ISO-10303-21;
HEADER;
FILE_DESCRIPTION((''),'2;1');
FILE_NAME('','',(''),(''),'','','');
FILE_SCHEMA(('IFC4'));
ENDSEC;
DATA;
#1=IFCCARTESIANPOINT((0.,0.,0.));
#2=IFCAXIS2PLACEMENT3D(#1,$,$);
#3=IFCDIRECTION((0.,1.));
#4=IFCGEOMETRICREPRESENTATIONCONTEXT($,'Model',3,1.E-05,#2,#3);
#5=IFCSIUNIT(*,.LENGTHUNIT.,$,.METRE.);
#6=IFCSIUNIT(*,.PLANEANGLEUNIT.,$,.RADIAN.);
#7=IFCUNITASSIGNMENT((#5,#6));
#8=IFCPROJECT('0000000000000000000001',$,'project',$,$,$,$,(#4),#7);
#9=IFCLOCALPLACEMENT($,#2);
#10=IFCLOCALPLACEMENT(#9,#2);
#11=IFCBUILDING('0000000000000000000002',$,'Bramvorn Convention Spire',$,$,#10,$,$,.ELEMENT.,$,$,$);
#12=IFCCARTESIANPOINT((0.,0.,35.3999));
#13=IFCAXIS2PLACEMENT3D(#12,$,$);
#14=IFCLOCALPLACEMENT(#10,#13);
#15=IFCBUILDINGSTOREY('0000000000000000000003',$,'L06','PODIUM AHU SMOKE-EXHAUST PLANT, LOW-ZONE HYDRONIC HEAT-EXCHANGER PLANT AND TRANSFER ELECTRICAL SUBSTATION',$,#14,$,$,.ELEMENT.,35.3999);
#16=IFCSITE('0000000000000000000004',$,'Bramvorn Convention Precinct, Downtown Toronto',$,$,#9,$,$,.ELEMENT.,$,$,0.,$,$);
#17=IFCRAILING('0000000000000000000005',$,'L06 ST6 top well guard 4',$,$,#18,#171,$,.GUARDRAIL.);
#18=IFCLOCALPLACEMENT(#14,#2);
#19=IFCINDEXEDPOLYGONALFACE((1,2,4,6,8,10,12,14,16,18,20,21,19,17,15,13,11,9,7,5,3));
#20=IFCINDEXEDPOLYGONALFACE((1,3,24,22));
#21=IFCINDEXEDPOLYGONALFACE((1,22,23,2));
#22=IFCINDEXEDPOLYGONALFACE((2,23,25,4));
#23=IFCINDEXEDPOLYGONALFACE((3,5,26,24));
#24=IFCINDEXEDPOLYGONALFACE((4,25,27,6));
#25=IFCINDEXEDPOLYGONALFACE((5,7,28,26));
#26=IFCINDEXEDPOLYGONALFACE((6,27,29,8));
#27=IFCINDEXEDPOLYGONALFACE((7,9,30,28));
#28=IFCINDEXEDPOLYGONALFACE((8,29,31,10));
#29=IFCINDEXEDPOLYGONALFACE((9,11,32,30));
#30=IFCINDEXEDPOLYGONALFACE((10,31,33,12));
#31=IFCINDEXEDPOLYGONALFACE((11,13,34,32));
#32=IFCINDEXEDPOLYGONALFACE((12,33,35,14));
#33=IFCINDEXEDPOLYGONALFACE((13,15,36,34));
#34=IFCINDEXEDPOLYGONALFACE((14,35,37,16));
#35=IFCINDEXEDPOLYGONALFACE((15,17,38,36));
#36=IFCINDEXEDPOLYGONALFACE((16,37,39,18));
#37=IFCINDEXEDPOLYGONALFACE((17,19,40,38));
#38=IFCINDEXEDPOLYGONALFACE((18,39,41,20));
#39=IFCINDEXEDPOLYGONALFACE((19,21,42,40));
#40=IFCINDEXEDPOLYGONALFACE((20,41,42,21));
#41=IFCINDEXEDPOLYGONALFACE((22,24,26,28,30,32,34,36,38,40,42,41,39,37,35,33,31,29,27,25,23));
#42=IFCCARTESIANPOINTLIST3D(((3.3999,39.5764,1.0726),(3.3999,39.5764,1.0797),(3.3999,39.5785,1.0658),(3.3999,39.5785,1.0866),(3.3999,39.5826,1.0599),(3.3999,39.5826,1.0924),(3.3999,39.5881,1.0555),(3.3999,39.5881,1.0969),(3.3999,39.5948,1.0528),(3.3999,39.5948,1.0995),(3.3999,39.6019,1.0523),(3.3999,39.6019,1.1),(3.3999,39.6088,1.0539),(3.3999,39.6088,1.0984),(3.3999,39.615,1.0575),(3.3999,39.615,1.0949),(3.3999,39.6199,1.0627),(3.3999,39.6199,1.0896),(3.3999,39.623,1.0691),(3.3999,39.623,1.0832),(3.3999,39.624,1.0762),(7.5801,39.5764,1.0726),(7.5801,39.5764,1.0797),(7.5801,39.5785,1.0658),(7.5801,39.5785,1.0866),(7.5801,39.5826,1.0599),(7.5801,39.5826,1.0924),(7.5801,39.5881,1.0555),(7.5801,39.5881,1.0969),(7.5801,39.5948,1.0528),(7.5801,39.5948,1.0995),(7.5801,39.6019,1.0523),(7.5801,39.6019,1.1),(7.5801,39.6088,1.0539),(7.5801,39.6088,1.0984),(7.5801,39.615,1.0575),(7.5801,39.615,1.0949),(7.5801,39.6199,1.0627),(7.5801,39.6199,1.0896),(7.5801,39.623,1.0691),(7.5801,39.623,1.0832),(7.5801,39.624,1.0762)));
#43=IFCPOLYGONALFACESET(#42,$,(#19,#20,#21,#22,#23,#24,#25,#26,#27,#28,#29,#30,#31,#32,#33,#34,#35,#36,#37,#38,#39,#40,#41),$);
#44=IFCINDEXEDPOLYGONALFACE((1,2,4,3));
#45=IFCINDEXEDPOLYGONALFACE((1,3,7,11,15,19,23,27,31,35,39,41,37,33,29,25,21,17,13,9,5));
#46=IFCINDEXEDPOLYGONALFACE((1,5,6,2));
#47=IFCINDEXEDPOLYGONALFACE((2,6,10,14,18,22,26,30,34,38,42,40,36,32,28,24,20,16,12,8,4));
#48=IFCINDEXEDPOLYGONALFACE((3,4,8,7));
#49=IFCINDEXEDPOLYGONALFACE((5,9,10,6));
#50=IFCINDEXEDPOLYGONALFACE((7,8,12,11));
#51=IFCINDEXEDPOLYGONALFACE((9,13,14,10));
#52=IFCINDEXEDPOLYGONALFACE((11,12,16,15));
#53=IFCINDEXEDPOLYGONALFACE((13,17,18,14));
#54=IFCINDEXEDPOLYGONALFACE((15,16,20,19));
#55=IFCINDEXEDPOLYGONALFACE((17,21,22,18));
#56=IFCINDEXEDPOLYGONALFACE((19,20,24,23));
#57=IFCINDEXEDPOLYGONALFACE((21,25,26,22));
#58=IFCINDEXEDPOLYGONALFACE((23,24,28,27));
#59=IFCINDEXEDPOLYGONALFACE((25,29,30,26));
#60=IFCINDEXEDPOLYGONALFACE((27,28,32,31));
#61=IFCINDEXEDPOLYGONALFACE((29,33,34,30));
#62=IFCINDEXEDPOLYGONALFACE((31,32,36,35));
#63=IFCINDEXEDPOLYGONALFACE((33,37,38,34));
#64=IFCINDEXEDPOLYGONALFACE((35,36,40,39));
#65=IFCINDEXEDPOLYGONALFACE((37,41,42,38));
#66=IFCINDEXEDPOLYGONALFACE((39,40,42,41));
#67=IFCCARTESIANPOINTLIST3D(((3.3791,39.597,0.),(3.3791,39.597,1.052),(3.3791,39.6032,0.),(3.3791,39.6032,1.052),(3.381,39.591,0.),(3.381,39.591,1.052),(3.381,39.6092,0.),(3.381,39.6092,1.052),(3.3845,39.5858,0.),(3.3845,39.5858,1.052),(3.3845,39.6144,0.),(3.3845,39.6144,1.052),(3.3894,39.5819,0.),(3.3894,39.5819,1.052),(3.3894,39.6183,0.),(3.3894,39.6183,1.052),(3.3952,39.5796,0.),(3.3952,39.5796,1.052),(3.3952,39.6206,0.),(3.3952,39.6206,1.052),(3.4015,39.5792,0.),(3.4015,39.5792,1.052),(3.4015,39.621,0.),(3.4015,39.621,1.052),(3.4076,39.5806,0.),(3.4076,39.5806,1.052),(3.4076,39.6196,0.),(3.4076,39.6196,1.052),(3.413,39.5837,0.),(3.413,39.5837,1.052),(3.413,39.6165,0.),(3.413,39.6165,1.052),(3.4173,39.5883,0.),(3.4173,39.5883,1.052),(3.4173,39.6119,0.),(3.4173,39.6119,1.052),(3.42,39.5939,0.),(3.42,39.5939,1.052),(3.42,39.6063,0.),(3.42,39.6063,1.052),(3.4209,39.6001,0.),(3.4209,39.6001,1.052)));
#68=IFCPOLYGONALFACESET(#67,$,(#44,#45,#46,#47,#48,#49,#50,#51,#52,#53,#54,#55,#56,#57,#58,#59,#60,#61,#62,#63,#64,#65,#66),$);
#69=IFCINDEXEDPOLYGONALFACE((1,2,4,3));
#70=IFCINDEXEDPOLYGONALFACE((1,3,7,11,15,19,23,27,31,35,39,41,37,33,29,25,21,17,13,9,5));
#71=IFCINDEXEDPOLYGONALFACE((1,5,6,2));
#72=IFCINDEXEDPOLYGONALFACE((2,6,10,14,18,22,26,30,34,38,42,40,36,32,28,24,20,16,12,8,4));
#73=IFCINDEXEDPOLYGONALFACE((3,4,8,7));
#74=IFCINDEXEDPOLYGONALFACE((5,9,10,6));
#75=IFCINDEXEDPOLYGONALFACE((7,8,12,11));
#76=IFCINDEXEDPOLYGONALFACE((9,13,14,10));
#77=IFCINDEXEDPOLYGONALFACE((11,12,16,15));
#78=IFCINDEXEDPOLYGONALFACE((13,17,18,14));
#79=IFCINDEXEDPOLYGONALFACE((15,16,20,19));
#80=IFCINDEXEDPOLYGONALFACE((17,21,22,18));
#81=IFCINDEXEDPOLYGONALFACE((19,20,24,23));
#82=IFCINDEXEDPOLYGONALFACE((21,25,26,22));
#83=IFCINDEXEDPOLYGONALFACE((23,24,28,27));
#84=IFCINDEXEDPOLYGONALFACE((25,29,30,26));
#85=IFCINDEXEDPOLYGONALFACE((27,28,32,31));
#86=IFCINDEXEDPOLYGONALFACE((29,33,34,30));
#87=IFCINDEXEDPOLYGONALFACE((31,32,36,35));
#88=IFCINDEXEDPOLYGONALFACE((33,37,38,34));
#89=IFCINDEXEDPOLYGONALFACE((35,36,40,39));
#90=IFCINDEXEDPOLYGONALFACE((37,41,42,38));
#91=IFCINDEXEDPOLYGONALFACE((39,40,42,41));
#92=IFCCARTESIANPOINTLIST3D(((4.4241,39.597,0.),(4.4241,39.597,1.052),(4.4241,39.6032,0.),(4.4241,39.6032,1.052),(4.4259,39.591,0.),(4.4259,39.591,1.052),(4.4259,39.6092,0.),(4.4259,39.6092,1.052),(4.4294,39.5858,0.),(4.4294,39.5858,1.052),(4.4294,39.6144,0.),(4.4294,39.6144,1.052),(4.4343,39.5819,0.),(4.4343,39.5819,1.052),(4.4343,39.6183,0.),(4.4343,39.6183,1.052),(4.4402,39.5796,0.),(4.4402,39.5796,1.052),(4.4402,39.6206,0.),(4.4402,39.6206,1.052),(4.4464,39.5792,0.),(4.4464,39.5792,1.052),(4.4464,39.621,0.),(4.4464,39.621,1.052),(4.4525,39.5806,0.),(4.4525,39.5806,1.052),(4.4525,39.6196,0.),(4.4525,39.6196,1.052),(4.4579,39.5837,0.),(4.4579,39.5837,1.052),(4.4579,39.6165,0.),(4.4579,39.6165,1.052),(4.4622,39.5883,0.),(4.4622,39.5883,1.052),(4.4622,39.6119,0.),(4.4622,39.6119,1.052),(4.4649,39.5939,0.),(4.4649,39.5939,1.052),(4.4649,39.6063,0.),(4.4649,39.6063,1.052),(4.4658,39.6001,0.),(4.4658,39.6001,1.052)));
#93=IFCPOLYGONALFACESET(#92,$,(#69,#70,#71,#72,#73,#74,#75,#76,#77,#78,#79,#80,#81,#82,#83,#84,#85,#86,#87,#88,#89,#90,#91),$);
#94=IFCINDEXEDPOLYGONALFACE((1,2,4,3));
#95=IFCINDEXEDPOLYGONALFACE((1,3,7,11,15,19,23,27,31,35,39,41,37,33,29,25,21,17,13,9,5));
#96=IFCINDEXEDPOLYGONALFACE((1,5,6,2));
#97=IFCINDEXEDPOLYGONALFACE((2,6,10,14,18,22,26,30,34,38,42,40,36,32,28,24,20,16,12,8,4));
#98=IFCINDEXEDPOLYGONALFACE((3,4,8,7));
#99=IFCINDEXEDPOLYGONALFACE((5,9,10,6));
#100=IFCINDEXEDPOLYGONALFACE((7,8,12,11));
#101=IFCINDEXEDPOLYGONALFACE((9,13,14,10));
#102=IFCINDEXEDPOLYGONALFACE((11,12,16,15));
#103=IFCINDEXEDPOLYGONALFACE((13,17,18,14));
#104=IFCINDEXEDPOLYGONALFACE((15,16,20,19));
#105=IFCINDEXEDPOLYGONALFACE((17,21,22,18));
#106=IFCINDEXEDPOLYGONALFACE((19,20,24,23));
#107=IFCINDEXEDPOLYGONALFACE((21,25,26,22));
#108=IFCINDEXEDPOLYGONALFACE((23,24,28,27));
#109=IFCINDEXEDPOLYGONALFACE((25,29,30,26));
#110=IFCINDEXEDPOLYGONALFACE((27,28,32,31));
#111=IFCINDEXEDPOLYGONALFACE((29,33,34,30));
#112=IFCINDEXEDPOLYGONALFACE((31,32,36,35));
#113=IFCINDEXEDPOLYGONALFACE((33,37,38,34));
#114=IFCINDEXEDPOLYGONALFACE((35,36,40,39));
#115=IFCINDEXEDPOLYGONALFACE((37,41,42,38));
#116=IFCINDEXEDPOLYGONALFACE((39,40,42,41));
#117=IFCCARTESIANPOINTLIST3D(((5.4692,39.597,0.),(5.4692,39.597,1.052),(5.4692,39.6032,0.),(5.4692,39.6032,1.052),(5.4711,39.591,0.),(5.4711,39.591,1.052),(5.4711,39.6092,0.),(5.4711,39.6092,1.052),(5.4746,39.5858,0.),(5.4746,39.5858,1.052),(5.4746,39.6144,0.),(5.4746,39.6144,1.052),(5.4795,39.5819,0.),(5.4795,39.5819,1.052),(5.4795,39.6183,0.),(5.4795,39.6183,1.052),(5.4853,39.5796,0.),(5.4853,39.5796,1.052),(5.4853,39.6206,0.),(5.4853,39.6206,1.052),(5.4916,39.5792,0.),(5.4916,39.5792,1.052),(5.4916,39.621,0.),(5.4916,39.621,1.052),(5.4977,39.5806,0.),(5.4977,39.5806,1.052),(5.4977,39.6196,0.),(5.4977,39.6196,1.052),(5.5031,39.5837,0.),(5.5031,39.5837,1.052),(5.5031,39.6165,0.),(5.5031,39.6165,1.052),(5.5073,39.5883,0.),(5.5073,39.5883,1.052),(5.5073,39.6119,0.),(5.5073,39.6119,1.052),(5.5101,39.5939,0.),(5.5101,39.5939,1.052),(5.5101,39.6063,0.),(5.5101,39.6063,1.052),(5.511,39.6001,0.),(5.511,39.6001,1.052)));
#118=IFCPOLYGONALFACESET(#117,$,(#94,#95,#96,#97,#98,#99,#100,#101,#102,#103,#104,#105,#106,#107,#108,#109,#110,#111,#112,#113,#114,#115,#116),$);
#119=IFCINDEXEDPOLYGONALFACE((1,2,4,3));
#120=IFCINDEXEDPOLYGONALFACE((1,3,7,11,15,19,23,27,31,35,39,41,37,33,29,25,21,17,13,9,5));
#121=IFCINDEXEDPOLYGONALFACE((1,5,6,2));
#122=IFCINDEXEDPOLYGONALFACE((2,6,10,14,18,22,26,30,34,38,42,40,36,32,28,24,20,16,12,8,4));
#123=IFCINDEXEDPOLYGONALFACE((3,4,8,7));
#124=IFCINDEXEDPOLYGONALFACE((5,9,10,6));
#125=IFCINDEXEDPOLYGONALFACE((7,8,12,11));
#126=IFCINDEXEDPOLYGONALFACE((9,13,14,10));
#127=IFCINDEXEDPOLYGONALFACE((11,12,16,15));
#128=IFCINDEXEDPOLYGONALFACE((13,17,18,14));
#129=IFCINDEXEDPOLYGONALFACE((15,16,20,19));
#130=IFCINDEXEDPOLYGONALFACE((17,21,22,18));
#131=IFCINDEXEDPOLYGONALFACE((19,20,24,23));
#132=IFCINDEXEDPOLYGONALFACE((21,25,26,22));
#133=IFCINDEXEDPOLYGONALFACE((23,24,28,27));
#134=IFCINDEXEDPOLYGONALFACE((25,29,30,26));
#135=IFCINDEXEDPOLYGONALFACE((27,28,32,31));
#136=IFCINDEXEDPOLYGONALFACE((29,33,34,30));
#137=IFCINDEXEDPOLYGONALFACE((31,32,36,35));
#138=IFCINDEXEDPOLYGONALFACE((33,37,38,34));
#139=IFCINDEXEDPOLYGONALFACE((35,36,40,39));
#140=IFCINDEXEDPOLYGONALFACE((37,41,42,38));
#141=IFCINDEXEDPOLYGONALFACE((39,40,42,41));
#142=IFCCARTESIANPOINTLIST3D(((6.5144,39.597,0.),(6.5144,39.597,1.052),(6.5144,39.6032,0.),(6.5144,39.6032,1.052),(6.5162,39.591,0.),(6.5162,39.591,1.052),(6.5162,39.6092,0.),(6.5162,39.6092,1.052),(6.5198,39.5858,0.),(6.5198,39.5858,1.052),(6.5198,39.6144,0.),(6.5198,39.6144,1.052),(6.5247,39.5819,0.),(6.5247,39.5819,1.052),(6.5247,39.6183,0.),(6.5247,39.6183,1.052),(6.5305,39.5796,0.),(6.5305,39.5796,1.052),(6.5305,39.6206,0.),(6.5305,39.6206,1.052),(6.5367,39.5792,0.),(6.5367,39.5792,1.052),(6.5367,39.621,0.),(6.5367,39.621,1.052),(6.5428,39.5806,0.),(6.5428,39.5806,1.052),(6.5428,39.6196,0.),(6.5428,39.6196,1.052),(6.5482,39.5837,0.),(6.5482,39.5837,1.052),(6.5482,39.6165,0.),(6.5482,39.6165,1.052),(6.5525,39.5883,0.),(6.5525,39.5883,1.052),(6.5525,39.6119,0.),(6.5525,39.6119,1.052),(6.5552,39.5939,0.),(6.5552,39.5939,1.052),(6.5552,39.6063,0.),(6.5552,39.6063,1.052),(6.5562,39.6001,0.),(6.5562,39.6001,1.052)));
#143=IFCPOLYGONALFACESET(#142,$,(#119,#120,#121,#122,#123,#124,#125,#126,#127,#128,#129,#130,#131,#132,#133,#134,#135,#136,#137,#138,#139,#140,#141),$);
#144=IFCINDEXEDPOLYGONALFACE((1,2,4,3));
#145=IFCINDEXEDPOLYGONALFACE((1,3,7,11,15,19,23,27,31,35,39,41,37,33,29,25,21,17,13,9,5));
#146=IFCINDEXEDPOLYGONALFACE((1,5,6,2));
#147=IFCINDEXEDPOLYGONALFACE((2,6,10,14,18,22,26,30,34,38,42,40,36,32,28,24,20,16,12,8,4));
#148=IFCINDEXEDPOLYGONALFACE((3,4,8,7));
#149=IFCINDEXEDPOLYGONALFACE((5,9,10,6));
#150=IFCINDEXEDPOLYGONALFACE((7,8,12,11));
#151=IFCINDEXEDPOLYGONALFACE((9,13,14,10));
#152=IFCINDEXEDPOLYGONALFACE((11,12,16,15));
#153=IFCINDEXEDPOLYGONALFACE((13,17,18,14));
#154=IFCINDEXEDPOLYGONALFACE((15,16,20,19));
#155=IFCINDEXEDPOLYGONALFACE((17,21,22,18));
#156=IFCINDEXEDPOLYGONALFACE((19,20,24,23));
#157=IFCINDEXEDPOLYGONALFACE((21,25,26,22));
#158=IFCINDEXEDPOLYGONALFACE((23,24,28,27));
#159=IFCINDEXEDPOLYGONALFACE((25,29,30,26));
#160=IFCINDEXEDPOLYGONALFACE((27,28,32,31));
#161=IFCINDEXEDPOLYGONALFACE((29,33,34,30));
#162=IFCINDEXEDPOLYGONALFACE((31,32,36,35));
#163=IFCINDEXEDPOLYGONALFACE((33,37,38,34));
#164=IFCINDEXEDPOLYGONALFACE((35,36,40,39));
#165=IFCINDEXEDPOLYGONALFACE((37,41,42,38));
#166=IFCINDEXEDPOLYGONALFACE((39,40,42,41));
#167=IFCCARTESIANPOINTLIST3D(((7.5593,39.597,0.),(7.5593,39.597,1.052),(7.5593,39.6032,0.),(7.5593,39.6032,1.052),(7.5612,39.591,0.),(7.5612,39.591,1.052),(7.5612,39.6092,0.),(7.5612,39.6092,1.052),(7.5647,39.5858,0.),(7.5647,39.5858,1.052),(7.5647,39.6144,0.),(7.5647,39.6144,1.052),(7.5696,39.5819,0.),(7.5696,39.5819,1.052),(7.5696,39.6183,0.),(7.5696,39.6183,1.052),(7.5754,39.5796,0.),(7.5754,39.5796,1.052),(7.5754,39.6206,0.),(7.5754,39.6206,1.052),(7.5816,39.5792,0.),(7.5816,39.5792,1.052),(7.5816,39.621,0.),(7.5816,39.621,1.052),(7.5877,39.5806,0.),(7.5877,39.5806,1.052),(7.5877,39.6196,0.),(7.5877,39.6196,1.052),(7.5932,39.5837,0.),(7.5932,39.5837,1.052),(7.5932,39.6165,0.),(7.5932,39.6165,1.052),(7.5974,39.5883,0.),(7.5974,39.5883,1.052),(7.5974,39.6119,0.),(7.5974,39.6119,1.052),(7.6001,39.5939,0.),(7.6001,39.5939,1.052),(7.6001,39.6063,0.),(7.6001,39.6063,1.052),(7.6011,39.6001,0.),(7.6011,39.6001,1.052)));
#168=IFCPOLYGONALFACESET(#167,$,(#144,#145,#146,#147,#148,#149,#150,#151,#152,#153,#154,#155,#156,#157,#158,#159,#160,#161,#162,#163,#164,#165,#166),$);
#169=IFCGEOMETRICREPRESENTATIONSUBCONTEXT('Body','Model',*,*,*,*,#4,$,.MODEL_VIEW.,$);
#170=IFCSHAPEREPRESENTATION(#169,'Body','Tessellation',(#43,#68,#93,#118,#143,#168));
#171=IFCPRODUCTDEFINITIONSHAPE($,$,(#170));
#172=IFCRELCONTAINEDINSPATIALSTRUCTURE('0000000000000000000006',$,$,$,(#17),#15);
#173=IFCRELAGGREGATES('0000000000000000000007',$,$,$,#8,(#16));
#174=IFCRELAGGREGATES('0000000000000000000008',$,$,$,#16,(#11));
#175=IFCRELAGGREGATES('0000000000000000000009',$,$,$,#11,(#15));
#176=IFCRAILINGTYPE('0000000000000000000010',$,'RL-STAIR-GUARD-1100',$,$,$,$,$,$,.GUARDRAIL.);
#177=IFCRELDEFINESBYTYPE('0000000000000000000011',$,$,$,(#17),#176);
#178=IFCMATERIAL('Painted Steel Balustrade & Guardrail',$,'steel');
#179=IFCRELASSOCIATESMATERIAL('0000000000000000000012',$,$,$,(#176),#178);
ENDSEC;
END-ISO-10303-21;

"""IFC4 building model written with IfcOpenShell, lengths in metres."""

from ifc_helpers import new_model, si_unit, direction, frame, origin, origin_2d, place, context, subcontext, project, spatial, circle, extrude, material, type_object, element, save


model = new_model("IFC4")

# Units and contexts
model_context = context("Model", 3, precision=1e-05, world=origin(), true_north=direction((0.0, 1.0)))
body_context = subcontext(model_context, "Body", "Model", "MODEL_VIEW")
ifc_project = project(units=[si_unit("LENGTHUNIT", "METRE"), si_unit("PLANEANGLEUNIT", "RADIAN")], contexts=[model_context])

# Site, building, storey
site_placement = place(None, origin())
site = spatial("IfcSite", under=ifc_project, at=site_placement, Name="Bramvorn Convention Precinct, Downtown Toronto", CompositionType="ELEMENT", RefElevation=0.0)
building_placement = place(site_placement, origin())
building = spatial("IfcBuilding", under=site, at=building_placement, Name="Bramvorn Convention Spire", CompositionType="ELEMENT")
storey_placement = place(building_placement, frame((0.0, 0.0, 35.3999)))
storey = spatial("IfcBuildingStorey", under=building, at=storey_placement, Name="L06", Description="PODIUM AHU SMOKE-EXHAUST PLANT, LOW-ZONE HYDRONIC HEAT-EXCHANGER PLANT AND TRANSFER ELECTRICAL SUBSTATION", CompositionType="ELEMENT", Elevation=35.3999)

# Railing
ifc_material_1 = material(Name="Painted Steel Balustrade & Guardrail", Category="steel")
railing_type = type_object("IfcRailingType", Name="RL-STAIR-GUARD-1100", PredefinedType="GUARDRAIL", material=ifc_material_1)
railing_placement = place(storey_placement, frame((3.3999, 39.6001, 0.0)))
element("IfcRailing", 1, at=railing_placement, inside=storey, type_object=railing_type, Name="L06 ST6 top well guard 4", PredefinedType="GUARDRAIL", context=body_context, shape_type="SweptSolid", body=[
    extrude(circle(Radius=0.0239, at=origin_2d()), frame((0.0, 0.0, 1.0762), z_axis=(1.0, 0.0, 0.0), x_axis=(0.0, 1.0, 0.0)), (0.0, 0.0, 1.0), 4.1802),
    extrude(circle(Radius=0.021, at=origin_2d()), origin(), (0.0, 0.0, 1.0), 1.052),
    extrude(circle(Radius=0.021, at=origin_2d()), frame((1.0449, 0.0, 0.0)), (0.0, 0.0, 1.0), 1.052),
    extrude(circle(Radius=0.021, at=origin_2d()), frame((2.0901, 0.0, 0.0)), (0.0, 0.0, 1.0), 1.052),
    extrude(circle(Radius=0.021, at=origin_2d()), frame((3.1353, 0.0, 0.0)), (0.0, 0.0, 1.0), 1.052),
    extrude(circle(Radius=0.021, at=origin_2d()), frame((4.1802, 0.0, 0.0)), (0.0, 0.0, 1.0), 1.052),
])

save(model, "model.ifc")
